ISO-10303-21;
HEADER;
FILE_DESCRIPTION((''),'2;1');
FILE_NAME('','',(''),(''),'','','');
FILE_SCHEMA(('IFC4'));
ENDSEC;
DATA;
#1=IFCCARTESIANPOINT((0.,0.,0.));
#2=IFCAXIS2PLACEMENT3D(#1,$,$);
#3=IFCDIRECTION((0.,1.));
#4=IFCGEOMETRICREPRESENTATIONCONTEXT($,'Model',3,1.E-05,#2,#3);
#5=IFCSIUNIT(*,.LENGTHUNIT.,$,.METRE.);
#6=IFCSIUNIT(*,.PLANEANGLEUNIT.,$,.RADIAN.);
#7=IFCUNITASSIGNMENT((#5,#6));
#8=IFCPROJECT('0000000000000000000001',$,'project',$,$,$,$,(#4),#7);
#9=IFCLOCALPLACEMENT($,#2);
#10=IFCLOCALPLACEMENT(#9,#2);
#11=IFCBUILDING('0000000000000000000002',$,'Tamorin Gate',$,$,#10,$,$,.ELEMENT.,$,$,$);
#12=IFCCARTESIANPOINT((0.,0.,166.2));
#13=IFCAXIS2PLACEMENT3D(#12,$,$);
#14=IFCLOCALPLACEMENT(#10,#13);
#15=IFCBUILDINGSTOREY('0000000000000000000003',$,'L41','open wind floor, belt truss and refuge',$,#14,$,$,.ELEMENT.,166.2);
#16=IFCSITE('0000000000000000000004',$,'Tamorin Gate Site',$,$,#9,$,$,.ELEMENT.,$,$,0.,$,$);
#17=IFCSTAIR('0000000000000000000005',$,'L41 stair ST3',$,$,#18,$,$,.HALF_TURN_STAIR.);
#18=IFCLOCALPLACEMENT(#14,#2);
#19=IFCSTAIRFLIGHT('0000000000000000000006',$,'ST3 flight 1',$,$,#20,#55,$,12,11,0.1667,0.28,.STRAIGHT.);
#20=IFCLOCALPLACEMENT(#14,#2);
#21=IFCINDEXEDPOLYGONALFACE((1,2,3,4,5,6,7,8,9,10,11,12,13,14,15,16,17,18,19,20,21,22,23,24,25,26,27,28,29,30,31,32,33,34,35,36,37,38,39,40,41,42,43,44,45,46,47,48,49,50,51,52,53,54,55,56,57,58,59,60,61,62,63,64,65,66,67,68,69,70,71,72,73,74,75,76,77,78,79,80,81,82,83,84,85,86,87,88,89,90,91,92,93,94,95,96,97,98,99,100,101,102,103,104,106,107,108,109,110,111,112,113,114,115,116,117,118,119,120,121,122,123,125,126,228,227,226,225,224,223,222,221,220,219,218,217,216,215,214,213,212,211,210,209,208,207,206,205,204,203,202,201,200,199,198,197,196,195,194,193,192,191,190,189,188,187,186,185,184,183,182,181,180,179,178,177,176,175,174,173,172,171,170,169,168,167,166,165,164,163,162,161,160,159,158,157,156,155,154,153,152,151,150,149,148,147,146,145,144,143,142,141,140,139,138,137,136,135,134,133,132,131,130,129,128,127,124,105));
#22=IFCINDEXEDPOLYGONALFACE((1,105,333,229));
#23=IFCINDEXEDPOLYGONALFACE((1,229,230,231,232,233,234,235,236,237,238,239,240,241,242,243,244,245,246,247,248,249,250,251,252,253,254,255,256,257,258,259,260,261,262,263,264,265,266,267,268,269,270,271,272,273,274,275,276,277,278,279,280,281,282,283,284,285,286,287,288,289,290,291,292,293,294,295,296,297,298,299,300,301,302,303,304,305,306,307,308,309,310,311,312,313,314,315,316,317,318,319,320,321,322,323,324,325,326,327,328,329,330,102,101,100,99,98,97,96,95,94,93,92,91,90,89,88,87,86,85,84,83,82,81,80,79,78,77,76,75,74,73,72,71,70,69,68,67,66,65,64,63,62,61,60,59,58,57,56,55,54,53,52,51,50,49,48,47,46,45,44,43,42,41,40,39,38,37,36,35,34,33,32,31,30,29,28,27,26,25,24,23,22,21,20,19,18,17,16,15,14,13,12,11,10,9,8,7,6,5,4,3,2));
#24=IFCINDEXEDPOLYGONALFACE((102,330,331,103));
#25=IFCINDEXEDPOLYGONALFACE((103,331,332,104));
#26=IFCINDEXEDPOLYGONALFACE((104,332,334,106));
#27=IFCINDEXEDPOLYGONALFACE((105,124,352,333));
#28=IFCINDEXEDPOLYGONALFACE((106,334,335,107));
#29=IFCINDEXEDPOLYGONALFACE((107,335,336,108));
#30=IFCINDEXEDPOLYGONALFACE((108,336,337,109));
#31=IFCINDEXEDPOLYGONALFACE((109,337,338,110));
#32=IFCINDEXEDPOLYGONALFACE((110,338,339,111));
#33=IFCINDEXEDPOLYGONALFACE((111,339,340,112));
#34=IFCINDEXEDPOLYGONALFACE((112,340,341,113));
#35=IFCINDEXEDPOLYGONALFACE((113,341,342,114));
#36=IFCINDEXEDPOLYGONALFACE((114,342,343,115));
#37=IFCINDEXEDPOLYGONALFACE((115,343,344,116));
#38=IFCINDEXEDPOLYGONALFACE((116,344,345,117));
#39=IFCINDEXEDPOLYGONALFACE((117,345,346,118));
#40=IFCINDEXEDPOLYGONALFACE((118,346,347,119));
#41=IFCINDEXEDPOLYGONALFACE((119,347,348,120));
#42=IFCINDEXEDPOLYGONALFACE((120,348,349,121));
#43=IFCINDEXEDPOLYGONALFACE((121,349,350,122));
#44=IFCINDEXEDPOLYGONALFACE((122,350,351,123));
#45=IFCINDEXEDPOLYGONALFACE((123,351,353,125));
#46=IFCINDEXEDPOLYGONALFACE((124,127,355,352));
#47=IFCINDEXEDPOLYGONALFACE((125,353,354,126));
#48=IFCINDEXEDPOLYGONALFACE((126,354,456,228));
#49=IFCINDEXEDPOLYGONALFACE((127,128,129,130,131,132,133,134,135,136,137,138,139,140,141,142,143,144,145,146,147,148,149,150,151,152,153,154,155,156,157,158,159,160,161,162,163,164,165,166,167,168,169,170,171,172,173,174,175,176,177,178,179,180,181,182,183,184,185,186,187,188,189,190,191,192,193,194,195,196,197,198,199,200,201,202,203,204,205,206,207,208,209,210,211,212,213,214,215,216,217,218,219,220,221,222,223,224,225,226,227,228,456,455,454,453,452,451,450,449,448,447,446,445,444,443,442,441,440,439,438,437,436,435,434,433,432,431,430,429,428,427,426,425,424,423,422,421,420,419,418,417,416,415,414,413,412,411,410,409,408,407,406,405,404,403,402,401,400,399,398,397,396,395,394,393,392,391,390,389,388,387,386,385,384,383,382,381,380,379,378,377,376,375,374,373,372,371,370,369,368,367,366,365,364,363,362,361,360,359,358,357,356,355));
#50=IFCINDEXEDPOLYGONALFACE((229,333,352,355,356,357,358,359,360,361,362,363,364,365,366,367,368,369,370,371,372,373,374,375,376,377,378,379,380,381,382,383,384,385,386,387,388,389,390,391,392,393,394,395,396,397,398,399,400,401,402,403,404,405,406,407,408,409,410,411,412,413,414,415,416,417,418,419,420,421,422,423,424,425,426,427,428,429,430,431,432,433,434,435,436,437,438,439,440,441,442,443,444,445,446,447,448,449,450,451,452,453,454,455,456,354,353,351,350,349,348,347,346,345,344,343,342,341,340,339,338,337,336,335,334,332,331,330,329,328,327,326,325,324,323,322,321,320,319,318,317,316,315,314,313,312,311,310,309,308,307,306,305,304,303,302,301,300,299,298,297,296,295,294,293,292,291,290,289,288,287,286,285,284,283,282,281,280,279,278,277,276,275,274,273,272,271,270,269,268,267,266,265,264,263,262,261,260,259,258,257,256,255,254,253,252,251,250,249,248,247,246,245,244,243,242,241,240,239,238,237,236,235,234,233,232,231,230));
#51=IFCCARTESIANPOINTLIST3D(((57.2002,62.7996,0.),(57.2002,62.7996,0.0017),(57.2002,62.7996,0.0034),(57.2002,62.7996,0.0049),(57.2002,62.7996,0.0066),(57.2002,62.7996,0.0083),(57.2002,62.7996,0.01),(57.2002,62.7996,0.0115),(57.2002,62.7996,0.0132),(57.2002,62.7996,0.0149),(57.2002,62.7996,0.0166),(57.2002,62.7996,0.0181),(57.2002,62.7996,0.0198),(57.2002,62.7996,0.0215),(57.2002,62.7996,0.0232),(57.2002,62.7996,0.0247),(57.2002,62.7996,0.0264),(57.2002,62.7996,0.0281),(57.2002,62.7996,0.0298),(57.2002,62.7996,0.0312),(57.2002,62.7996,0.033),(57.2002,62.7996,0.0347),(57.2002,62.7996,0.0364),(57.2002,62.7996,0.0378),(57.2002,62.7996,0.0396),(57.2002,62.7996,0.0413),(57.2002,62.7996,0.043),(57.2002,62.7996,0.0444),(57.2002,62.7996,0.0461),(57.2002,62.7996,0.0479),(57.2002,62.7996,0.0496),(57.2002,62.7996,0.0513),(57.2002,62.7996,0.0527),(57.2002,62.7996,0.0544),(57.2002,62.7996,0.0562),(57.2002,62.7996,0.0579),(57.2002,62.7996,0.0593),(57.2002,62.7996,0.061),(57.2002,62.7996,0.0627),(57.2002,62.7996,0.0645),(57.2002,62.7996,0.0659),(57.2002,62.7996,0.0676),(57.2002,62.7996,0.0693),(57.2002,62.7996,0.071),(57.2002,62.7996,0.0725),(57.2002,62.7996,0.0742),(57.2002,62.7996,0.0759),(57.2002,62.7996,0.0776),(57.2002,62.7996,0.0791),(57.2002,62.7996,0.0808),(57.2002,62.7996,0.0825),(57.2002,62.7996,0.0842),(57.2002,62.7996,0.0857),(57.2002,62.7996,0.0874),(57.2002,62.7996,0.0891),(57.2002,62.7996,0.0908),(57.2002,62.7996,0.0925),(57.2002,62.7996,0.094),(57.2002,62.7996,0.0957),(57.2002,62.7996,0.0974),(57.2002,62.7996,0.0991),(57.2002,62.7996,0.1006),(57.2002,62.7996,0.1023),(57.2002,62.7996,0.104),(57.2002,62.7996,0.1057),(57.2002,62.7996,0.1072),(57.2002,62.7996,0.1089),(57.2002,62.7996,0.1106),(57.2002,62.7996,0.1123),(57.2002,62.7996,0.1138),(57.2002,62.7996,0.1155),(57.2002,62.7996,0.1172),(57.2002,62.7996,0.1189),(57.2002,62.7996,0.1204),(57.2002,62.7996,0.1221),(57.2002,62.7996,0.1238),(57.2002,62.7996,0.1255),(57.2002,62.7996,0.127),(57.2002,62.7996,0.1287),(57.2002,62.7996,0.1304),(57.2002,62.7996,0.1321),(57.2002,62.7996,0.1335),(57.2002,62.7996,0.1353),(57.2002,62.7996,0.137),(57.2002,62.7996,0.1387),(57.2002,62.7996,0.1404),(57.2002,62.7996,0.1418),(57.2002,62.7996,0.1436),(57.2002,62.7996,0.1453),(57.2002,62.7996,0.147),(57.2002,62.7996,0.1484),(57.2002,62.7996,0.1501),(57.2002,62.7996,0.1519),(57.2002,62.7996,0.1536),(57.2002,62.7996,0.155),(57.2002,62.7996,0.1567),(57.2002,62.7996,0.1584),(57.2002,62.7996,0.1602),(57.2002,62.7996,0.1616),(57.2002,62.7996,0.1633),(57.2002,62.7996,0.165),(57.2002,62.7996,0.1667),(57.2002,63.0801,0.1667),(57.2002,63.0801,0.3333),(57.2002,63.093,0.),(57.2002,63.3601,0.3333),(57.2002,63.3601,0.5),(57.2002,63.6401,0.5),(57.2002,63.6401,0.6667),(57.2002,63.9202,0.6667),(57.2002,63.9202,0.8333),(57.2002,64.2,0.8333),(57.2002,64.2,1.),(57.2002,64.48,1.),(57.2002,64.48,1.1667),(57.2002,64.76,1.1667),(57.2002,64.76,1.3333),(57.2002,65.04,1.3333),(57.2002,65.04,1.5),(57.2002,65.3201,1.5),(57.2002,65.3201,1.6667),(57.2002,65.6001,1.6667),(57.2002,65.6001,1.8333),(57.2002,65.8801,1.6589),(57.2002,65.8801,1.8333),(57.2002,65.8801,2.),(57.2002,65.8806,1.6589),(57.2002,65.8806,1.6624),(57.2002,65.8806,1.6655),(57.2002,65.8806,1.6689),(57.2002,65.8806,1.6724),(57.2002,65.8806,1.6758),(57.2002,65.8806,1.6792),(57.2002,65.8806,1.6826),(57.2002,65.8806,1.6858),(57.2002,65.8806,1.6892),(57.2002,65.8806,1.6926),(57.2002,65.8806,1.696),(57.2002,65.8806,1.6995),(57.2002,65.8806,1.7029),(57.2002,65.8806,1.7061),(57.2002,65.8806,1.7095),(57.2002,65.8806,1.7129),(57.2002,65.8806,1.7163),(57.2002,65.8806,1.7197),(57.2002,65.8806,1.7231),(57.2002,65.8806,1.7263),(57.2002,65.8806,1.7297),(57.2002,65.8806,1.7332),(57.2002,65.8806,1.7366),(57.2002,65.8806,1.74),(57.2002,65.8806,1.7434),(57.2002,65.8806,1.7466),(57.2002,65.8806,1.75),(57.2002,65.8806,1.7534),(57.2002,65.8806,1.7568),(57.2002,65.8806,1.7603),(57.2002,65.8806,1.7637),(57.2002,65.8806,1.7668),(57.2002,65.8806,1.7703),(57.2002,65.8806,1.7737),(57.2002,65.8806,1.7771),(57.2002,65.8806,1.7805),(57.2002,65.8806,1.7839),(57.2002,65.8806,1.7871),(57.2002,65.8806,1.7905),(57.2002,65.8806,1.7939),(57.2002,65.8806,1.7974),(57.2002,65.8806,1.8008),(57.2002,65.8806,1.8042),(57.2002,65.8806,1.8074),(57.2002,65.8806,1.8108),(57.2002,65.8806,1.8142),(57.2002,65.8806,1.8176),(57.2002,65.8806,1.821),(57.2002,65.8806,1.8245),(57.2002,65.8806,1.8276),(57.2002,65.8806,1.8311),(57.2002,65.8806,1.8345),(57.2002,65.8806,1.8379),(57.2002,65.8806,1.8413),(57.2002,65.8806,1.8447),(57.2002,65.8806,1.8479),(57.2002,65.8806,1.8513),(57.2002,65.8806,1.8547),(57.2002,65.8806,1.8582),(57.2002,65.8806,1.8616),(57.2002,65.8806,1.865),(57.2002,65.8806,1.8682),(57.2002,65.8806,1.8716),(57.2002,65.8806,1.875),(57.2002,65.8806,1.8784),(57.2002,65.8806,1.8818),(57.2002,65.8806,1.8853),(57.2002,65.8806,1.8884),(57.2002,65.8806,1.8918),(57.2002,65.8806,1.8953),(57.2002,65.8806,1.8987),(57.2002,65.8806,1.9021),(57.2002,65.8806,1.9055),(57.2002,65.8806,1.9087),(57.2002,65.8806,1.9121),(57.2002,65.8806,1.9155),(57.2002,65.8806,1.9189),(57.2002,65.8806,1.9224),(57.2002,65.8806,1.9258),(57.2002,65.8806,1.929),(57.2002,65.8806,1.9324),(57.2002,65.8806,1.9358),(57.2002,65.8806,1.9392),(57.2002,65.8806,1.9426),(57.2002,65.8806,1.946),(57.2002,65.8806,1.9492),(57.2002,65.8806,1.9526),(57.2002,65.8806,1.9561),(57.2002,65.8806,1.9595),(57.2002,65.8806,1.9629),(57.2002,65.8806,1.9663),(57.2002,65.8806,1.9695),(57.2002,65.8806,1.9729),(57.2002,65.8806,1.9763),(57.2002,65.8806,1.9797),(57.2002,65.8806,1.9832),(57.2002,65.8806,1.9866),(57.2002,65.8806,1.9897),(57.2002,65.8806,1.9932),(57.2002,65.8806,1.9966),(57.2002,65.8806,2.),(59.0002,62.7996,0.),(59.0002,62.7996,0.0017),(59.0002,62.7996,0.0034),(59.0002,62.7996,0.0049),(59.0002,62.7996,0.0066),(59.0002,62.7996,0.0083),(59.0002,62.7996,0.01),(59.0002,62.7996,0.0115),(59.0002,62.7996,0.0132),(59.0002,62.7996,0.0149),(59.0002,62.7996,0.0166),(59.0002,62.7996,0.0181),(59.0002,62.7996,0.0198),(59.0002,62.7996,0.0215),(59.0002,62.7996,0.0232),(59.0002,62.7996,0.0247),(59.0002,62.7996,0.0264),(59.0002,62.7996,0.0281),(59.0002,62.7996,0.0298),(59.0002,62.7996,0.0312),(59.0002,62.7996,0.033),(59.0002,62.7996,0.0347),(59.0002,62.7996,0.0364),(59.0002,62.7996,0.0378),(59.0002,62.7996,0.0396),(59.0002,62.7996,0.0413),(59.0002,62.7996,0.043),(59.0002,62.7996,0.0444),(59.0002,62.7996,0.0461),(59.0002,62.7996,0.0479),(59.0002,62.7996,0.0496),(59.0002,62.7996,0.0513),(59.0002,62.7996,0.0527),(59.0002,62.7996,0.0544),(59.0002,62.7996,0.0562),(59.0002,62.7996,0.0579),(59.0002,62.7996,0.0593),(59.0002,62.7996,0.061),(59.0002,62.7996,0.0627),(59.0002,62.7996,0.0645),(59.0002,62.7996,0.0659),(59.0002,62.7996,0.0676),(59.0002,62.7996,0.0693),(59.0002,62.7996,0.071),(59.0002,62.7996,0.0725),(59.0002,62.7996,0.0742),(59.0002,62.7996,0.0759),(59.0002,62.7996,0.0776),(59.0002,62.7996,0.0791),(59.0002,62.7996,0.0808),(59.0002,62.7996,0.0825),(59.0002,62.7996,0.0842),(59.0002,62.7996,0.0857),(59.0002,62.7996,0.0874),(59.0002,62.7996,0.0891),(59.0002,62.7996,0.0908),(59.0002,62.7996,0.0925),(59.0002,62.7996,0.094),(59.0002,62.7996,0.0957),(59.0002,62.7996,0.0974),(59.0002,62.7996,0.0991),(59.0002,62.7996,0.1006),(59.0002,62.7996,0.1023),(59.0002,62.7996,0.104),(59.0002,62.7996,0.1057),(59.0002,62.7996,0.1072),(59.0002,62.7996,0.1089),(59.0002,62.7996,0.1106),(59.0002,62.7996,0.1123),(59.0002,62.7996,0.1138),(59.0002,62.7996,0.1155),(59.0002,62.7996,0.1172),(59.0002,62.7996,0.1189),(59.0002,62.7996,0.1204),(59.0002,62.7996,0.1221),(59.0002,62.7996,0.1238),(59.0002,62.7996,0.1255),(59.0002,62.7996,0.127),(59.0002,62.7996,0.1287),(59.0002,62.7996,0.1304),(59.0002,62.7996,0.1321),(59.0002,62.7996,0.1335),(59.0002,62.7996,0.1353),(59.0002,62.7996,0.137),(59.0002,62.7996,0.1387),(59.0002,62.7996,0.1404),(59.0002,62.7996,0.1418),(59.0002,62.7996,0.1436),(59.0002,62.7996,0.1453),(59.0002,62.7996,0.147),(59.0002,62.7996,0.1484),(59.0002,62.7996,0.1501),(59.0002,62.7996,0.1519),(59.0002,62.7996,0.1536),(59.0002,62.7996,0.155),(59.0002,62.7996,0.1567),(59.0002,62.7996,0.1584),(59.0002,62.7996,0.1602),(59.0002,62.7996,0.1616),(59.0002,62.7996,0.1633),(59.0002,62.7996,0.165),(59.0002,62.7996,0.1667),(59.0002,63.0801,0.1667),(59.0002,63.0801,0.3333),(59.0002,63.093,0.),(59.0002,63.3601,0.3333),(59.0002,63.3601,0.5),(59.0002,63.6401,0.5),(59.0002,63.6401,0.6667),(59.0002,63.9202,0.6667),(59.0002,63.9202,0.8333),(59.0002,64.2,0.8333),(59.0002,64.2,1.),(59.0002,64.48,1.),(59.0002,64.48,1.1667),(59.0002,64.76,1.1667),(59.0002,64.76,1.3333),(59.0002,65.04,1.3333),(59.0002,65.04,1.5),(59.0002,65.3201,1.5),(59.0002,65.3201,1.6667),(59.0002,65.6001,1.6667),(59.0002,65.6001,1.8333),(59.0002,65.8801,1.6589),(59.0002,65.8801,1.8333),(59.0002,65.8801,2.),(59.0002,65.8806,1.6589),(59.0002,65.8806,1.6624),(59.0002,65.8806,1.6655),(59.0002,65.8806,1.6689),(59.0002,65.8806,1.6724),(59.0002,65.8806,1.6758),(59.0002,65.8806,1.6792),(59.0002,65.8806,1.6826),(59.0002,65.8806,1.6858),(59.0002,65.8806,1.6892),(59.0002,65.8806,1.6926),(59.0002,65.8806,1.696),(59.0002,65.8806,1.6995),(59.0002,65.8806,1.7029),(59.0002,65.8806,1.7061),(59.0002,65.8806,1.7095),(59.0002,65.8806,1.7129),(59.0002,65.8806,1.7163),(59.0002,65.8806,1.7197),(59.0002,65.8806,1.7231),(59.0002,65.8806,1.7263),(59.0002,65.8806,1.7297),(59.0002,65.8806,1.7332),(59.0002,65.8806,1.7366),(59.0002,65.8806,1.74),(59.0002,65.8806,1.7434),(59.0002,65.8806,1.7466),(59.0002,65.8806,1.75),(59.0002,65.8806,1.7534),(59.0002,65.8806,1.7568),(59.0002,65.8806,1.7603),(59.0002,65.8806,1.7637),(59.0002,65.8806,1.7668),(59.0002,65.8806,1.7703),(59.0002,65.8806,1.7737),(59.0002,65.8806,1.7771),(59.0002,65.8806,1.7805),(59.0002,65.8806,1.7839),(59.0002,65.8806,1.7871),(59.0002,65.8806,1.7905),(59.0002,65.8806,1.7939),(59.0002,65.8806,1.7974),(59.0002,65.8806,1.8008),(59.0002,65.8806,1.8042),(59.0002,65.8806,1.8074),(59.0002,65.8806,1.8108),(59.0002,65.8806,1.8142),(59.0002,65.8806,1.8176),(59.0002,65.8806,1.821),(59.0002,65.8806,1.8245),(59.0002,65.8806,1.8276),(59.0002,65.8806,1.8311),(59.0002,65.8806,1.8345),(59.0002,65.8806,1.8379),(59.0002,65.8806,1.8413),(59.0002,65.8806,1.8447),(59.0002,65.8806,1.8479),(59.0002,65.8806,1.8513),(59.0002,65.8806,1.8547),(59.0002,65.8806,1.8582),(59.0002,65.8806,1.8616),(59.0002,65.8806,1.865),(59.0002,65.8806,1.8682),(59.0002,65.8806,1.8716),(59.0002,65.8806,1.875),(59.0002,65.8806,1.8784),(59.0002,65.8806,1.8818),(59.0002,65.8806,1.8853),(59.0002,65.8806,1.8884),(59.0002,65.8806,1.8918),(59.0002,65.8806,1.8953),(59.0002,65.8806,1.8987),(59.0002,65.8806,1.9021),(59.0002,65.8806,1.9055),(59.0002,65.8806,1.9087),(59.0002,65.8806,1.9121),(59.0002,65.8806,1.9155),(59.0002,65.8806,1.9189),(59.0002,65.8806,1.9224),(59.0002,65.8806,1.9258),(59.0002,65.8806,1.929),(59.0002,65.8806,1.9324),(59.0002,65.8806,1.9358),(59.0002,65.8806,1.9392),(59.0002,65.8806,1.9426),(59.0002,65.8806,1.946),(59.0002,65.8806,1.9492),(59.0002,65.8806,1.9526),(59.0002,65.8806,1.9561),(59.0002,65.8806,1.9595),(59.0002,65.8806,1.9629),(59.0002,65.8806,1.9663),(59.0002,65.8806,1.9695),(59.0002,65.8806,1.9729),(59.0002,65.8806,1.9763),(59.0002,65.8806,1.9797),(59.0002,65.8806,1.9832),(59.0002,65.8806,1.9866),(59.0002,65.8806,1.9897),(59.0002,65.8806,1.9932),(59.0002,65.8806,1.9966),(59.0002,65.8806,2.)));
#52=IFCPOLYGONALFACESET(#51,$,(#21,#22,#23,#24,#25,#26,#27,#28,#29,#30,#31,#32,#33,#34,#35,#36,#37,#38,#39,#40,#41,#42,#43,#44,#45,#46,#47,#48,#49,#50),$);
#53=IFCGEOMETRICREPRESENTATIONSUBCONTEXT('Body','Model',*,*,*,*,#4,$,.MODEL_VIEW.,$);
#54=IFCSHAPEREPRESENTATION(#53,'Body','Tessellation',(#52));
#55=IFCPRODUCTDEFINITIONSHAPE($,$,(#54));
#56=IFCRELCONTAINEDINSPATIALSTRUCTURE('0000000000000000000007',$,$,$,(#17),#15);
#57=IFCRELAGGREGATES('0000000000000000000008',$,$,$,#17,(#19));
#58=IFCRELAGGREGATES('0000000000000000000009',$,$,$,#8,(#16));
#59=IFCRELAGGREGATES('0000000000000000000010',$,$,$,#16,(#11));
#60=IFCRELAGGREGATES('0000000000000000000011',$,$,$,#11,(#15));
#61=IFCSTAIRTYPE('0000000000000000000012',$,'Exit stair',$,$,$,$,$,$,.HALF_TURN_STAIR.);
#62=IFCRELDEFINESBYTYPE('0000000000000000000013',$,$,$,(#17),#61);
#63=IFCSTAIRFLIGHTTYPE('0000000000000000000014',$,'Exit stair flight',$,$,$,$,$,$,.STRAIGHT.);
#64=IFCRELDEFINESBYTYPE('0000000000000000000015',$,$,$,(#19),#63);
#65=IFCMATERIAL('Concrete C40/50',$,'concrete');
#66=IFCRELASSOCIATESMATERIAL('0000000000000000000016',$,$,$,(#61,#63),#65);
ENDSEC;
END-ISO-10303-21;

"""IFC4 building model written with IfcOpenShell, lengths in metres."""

from ifc_helpers import new_model, si_unit, direction, frame, origin, place, context, subcontext, project, spatial, polyline, outline, extrude, material, type_object, element, aggregate, save


model = new_model("IFC4")

# Units and contexts
model_context = context("Model", 3, precision=1e-05, world=origin(), true_north=direction((0.0, 1.0)))
body_context = subcontext(model_context, "Body", "Model", "MODEL_VIEW")
ifc_project = project(units=[si_unit("LENGTHUNIT", "METRE"), si_unit("PLANEANGLEUNIT", "RADIAN")], contexts=[model_context])

# Site, building, storey
site_placement = place(None, origin())
site = spatial("IfcSite", under=ifc_project, at=site_placement, Name="Tamorin Gate Site", CompositionType="ELEMENT", RefElevation=0.0)
building_placement = place(site_placement, origin())
building = spatial("IfcBuilding", under=site, at=building_placement, Name="Tamorin Gate", CompositionType="ELEMENT")
storey_placement = place(building_placement, frame((0.0, 0.0, 166.2)))
storey = spatial("IfcBuildingStorey", under=building, at=storey_placement, Name="L41", Description="open wind floor, belt truss and refuge", CompositionType="ELEMENT", Elevation=166.2)

# Shared definitions
ifc_material_1 = material(Name="Concrete C40/50", Category="concrete")

# Stair, stair flight
stair_type = type_object("IfcStairType", Name="Exit stair", PredefinedType="HALF_TURN_STAIR", material=ifc_material_1)
stair_placement = place(storey_placement, origin())
stair = element("IfcStair", 1, at=stair_placement, inside=storey, type_object=stair_type, Name="L41 stair ST3", PredefinedType="HALF_TURN_STAIR")
stair_flight_type = type_object("IfcStairFlightType", Name="Exit stair flight", PredefinedType="STRAIGHT", material=ifc_material_1)
stair_flight_1_placement = place(storey_placement, frame((58.1001, 62.8, 0.0), z_axis=(0.0, 0.0, 1.0), x_axis=(0.0, 1.0, 0.0)))
stair_flight_1 = element("IfcStairFlight", 2, at=stair_flight_1_placement, type_object=stair_flight_type, Name="ST3 flight 1", NumberOfRisers=12, NumberOfTreads=11, PredefinedType="STRAIGHT", RiserHeight=0.1667, TreadLength=0.28, context=body_context, shape_type="SweptSolid", body=[
    extrude(outline(polyline([(-0.0005, 0.0), (-0.0005, 0.0017), (-0.0005, 0.0034), (-0.0005, 0.0049), (-0.0005, 0.0066), (-0.0005, 0.0083), (-0.0005, 0.01), (-0.0005, 0.0115), (-0.0005, 0.0132), (-0.0005, 0.0149), (-0.0005, 0.0166), (-0.0005, 0.0181), (-0.0005, 0.0198), (-0.0005, 0.0215), (-0.0005, 0.0232), (-0.0005, 0.0247), (-0.0005, 0.0264), (-0.0005, 0.0281), (-0.0005, 0.0298), (-0.0005, 0.0312), (-0.0005, 0.033), (-0.0005, 0.0347), (-0.0005, 0.0364), (-0.0005, 0.0378), (-0.0005, 0.0396), (-0.0005, 0.0413), (-0.0005, 0.043), (-0.0005, 0.0444), (-0.0005, 0.0461), (-0.0005, 0.0479), (-0.0005, 0.0496), (-0.0005, 0.0513), (-0.0005, 0.0527), (-0.0005, 0.0544), (-0.0005, 0.0562), (-0.0005, 0.0579), (-0.0005, 0.0593), (-0.0005, 0.061), (-0.0005, 0.0627), (-0.0005, 0.0645), (-0.0005, 0.0659), (-0.0005, 0.0676), (-0.0005, 0.0693), (-0.0005, 0.071), (-0.0005, 0.0725), (-0.0005, 0.0742), (-0.0005, 0.0759), (-0.0005, 0.0776), (-0.0005, 0.0791), (-0.0005, 0.0808), (-0.0005, 0.0825), (-0.0005, 0.0842), (-0.0005, 0.0857), (-0.0005, 0.0874), (-0.0005, 0.0891), (-0.0005, 0.0908), (-0.0005, 0.0925), (-0.0005, 0.094), (-0.0005, 0.0957), (-0.0005, 0.0974), (-0.0005, 0.0991), (-0.0005, 0.1006), (-0.0005, 0.1023), (-0.0005, 0.104), (-0.0005, 0.1057), (-0.0005, 0.1072), (-0.0005, 0.1089), (-0.0005, 0.1106), (-0.0005, 0.1123), (-0.0005, 0.1138), (-0.0005, 0.1155), (-0.0005, 0.1172), (-0.0005, 0.1189), (-0.0005, 0.1204), (-0.0005, 0.1221), (-0.0005, 0.1238), (-0.0005, 0.1255), (-0.0005, 0.127), (-0.0005, 0.1287), (-0.0005, 0.1304), (-0.0005, 0.1321), (-0.0005, 0.1335), (-0.0005, 0.1353), (-0.0005, 0.137), (-0.0005, 0.1387), (-0.0005, 0.1404), (-0.0005, 0.1418), (-0.0005, 0.1436), (-0.0005, 0.1453), (-0.0005, 0.147), (-0.0005, 0.1484), (-0.0005, 0.1501), (-0.0005, 0.1519), (-0.0005, 0.1536), (-0.0005, 0.155), (-0.0005, 0.1567), (-0.0005, 0.1584), (-0.0005, 0.1602), (-0.0005, 0.1616), (-0.0005, 0.1633), (-0.0005, 0.165), (-0.0005, 0.1667), (0.28, 0.1667), (0.28, 0.3333), (0.5601, 0.3333), (0.5601, 0.5), (0.8401, 0.5), (0.8401, 0.6667), (1.1201, 0.6667), (1.1201, 0.8333), (1.3999, 0.8333), (1.3999, 1.0), (1.6799, 1.0), (1.6799, 1.1667), (1.96, 1.1667), (1.96, 1.3333), (2.24, 1.3333), (2.24, 1.5), (2.52, 1.5), (2.52, 1.6667), (2.8, 1.6667), (2.8, 1.8333), (3.0801, 1.8333), (3.0801, 2.0), (3.0806, 2.0), (3.0806, 1.9966), (3.0806, 1.9932), (3.0806, 1.9897), (3.0806, 1.9866), (3.0806, 1.9832), (3.0806, 1.9797), (3.0806, 1.9763), (3.0806, 1.9729), (3.0806, 1.9695), (3.0806, 1.9663), (3.0806, 1.9629), (3.0806, 1.9595), (3.0806, 1.9561), (3.0806, 1.9526), (3.0806, 1.9492), (3.0806, 1.946), (3.0806, 1.9426), (3.0806, 1.9392), (3.0806, 1.9358), (3.0806, 1.9324), (3.0806, 1.929), (3.0806, 1.9258), (3.0806, 1.9224), (3.0806, 1.9189), (3.0806, 1.9155), (3.0806, 1.9121), (3.0806, 1.9087), (3.0806, 1.9055), (3.0806, 1.9021), (3.0806, 1.8987), (3.0806, 1.8953), (3.0806, 1.8918), (3.0806, 1.8884), (3.0806, 1.8853), (3.0806, 1.8818), (3.0806, 1.8784), (3.0806, 1.875), (3.0806, 1.8716), (3.0806, 1.8682), (3.0806, 1.865), (3.0806, 1.8616), (3.0806, 1.8582), (3.0806, 1.8547), (3.0806, 1.8513), (3.0806, 1.8479), (3.0806, 1.8447), (3.0806, 1.8413), (3.0806, 1.8379), (3.0806, 1.8345), (3.0806, 1.8311), (3.0806, 1.8276), (3.0806, 1.8245), (3.0806, 1.821), (3.0806, 1.8176), (3.0806, 1.8142), (3.0806, 1.8108), (3.0806, 1.8074), (3.0806, 1.8042), (3.0806, 1.8008), (3.0806, 1.7974), (3.0806, 1.7939), (3.0806, 1.7905), (3.0806, 1.7871), (3.0806, 1.7839), (3.0806, 1.7805), (3.0806, 1.7771), (3.0806, 1.7737), (3.0806, 1.7703), (3.0806, 1.7668), (3.0806, 1.7637), (3.0806, 1.7603), (3.0806, 1.7568), (3.0806, 1.7534), (3.0806, 1.75), (3.0806, 1.7466), (3.0806, 1.7434), (3.0806, 1.74), (3.0806, 1.7366), (3.0806, 1.7332), (3.0806, 1.7297), (3.0806, 1.7263), (3.0806, 1.7231), (3.0806, 1.7197), (3.0806, 1.7163), (3.0806, 1.7129), (3.0806, 1.7095), (3.0806, 1.7061), (3.0806, 1.7029), (3.0806, 1.6995), (3.0806, 1.696), (3.0806, 1.6926), (3.0806, 1.6892), (3.0806, 1.6858), (3.0806, 1.6826), (3.0806, 1.6792), (3.0806, 1.6758), (3.0806, 1.6724), (3.0806, 1.6689), (3.0806, 1.6655), (3.0806, 1.6624), (3.0806, 1.6589), (3.0801, 1.6589), (0.293, 0.0), (-0.0005, 0.0)])), frame((0.0, 0.8999, 0.0), z_axis=(0.0, -1.0, 0.0), x_axis=(1.0, 0.0, 0.0)), (0.0, 0.0, 1.0), 1.8),
])
aggregate(stair, [stair_flight_1])

save(model, "model.ifc")
